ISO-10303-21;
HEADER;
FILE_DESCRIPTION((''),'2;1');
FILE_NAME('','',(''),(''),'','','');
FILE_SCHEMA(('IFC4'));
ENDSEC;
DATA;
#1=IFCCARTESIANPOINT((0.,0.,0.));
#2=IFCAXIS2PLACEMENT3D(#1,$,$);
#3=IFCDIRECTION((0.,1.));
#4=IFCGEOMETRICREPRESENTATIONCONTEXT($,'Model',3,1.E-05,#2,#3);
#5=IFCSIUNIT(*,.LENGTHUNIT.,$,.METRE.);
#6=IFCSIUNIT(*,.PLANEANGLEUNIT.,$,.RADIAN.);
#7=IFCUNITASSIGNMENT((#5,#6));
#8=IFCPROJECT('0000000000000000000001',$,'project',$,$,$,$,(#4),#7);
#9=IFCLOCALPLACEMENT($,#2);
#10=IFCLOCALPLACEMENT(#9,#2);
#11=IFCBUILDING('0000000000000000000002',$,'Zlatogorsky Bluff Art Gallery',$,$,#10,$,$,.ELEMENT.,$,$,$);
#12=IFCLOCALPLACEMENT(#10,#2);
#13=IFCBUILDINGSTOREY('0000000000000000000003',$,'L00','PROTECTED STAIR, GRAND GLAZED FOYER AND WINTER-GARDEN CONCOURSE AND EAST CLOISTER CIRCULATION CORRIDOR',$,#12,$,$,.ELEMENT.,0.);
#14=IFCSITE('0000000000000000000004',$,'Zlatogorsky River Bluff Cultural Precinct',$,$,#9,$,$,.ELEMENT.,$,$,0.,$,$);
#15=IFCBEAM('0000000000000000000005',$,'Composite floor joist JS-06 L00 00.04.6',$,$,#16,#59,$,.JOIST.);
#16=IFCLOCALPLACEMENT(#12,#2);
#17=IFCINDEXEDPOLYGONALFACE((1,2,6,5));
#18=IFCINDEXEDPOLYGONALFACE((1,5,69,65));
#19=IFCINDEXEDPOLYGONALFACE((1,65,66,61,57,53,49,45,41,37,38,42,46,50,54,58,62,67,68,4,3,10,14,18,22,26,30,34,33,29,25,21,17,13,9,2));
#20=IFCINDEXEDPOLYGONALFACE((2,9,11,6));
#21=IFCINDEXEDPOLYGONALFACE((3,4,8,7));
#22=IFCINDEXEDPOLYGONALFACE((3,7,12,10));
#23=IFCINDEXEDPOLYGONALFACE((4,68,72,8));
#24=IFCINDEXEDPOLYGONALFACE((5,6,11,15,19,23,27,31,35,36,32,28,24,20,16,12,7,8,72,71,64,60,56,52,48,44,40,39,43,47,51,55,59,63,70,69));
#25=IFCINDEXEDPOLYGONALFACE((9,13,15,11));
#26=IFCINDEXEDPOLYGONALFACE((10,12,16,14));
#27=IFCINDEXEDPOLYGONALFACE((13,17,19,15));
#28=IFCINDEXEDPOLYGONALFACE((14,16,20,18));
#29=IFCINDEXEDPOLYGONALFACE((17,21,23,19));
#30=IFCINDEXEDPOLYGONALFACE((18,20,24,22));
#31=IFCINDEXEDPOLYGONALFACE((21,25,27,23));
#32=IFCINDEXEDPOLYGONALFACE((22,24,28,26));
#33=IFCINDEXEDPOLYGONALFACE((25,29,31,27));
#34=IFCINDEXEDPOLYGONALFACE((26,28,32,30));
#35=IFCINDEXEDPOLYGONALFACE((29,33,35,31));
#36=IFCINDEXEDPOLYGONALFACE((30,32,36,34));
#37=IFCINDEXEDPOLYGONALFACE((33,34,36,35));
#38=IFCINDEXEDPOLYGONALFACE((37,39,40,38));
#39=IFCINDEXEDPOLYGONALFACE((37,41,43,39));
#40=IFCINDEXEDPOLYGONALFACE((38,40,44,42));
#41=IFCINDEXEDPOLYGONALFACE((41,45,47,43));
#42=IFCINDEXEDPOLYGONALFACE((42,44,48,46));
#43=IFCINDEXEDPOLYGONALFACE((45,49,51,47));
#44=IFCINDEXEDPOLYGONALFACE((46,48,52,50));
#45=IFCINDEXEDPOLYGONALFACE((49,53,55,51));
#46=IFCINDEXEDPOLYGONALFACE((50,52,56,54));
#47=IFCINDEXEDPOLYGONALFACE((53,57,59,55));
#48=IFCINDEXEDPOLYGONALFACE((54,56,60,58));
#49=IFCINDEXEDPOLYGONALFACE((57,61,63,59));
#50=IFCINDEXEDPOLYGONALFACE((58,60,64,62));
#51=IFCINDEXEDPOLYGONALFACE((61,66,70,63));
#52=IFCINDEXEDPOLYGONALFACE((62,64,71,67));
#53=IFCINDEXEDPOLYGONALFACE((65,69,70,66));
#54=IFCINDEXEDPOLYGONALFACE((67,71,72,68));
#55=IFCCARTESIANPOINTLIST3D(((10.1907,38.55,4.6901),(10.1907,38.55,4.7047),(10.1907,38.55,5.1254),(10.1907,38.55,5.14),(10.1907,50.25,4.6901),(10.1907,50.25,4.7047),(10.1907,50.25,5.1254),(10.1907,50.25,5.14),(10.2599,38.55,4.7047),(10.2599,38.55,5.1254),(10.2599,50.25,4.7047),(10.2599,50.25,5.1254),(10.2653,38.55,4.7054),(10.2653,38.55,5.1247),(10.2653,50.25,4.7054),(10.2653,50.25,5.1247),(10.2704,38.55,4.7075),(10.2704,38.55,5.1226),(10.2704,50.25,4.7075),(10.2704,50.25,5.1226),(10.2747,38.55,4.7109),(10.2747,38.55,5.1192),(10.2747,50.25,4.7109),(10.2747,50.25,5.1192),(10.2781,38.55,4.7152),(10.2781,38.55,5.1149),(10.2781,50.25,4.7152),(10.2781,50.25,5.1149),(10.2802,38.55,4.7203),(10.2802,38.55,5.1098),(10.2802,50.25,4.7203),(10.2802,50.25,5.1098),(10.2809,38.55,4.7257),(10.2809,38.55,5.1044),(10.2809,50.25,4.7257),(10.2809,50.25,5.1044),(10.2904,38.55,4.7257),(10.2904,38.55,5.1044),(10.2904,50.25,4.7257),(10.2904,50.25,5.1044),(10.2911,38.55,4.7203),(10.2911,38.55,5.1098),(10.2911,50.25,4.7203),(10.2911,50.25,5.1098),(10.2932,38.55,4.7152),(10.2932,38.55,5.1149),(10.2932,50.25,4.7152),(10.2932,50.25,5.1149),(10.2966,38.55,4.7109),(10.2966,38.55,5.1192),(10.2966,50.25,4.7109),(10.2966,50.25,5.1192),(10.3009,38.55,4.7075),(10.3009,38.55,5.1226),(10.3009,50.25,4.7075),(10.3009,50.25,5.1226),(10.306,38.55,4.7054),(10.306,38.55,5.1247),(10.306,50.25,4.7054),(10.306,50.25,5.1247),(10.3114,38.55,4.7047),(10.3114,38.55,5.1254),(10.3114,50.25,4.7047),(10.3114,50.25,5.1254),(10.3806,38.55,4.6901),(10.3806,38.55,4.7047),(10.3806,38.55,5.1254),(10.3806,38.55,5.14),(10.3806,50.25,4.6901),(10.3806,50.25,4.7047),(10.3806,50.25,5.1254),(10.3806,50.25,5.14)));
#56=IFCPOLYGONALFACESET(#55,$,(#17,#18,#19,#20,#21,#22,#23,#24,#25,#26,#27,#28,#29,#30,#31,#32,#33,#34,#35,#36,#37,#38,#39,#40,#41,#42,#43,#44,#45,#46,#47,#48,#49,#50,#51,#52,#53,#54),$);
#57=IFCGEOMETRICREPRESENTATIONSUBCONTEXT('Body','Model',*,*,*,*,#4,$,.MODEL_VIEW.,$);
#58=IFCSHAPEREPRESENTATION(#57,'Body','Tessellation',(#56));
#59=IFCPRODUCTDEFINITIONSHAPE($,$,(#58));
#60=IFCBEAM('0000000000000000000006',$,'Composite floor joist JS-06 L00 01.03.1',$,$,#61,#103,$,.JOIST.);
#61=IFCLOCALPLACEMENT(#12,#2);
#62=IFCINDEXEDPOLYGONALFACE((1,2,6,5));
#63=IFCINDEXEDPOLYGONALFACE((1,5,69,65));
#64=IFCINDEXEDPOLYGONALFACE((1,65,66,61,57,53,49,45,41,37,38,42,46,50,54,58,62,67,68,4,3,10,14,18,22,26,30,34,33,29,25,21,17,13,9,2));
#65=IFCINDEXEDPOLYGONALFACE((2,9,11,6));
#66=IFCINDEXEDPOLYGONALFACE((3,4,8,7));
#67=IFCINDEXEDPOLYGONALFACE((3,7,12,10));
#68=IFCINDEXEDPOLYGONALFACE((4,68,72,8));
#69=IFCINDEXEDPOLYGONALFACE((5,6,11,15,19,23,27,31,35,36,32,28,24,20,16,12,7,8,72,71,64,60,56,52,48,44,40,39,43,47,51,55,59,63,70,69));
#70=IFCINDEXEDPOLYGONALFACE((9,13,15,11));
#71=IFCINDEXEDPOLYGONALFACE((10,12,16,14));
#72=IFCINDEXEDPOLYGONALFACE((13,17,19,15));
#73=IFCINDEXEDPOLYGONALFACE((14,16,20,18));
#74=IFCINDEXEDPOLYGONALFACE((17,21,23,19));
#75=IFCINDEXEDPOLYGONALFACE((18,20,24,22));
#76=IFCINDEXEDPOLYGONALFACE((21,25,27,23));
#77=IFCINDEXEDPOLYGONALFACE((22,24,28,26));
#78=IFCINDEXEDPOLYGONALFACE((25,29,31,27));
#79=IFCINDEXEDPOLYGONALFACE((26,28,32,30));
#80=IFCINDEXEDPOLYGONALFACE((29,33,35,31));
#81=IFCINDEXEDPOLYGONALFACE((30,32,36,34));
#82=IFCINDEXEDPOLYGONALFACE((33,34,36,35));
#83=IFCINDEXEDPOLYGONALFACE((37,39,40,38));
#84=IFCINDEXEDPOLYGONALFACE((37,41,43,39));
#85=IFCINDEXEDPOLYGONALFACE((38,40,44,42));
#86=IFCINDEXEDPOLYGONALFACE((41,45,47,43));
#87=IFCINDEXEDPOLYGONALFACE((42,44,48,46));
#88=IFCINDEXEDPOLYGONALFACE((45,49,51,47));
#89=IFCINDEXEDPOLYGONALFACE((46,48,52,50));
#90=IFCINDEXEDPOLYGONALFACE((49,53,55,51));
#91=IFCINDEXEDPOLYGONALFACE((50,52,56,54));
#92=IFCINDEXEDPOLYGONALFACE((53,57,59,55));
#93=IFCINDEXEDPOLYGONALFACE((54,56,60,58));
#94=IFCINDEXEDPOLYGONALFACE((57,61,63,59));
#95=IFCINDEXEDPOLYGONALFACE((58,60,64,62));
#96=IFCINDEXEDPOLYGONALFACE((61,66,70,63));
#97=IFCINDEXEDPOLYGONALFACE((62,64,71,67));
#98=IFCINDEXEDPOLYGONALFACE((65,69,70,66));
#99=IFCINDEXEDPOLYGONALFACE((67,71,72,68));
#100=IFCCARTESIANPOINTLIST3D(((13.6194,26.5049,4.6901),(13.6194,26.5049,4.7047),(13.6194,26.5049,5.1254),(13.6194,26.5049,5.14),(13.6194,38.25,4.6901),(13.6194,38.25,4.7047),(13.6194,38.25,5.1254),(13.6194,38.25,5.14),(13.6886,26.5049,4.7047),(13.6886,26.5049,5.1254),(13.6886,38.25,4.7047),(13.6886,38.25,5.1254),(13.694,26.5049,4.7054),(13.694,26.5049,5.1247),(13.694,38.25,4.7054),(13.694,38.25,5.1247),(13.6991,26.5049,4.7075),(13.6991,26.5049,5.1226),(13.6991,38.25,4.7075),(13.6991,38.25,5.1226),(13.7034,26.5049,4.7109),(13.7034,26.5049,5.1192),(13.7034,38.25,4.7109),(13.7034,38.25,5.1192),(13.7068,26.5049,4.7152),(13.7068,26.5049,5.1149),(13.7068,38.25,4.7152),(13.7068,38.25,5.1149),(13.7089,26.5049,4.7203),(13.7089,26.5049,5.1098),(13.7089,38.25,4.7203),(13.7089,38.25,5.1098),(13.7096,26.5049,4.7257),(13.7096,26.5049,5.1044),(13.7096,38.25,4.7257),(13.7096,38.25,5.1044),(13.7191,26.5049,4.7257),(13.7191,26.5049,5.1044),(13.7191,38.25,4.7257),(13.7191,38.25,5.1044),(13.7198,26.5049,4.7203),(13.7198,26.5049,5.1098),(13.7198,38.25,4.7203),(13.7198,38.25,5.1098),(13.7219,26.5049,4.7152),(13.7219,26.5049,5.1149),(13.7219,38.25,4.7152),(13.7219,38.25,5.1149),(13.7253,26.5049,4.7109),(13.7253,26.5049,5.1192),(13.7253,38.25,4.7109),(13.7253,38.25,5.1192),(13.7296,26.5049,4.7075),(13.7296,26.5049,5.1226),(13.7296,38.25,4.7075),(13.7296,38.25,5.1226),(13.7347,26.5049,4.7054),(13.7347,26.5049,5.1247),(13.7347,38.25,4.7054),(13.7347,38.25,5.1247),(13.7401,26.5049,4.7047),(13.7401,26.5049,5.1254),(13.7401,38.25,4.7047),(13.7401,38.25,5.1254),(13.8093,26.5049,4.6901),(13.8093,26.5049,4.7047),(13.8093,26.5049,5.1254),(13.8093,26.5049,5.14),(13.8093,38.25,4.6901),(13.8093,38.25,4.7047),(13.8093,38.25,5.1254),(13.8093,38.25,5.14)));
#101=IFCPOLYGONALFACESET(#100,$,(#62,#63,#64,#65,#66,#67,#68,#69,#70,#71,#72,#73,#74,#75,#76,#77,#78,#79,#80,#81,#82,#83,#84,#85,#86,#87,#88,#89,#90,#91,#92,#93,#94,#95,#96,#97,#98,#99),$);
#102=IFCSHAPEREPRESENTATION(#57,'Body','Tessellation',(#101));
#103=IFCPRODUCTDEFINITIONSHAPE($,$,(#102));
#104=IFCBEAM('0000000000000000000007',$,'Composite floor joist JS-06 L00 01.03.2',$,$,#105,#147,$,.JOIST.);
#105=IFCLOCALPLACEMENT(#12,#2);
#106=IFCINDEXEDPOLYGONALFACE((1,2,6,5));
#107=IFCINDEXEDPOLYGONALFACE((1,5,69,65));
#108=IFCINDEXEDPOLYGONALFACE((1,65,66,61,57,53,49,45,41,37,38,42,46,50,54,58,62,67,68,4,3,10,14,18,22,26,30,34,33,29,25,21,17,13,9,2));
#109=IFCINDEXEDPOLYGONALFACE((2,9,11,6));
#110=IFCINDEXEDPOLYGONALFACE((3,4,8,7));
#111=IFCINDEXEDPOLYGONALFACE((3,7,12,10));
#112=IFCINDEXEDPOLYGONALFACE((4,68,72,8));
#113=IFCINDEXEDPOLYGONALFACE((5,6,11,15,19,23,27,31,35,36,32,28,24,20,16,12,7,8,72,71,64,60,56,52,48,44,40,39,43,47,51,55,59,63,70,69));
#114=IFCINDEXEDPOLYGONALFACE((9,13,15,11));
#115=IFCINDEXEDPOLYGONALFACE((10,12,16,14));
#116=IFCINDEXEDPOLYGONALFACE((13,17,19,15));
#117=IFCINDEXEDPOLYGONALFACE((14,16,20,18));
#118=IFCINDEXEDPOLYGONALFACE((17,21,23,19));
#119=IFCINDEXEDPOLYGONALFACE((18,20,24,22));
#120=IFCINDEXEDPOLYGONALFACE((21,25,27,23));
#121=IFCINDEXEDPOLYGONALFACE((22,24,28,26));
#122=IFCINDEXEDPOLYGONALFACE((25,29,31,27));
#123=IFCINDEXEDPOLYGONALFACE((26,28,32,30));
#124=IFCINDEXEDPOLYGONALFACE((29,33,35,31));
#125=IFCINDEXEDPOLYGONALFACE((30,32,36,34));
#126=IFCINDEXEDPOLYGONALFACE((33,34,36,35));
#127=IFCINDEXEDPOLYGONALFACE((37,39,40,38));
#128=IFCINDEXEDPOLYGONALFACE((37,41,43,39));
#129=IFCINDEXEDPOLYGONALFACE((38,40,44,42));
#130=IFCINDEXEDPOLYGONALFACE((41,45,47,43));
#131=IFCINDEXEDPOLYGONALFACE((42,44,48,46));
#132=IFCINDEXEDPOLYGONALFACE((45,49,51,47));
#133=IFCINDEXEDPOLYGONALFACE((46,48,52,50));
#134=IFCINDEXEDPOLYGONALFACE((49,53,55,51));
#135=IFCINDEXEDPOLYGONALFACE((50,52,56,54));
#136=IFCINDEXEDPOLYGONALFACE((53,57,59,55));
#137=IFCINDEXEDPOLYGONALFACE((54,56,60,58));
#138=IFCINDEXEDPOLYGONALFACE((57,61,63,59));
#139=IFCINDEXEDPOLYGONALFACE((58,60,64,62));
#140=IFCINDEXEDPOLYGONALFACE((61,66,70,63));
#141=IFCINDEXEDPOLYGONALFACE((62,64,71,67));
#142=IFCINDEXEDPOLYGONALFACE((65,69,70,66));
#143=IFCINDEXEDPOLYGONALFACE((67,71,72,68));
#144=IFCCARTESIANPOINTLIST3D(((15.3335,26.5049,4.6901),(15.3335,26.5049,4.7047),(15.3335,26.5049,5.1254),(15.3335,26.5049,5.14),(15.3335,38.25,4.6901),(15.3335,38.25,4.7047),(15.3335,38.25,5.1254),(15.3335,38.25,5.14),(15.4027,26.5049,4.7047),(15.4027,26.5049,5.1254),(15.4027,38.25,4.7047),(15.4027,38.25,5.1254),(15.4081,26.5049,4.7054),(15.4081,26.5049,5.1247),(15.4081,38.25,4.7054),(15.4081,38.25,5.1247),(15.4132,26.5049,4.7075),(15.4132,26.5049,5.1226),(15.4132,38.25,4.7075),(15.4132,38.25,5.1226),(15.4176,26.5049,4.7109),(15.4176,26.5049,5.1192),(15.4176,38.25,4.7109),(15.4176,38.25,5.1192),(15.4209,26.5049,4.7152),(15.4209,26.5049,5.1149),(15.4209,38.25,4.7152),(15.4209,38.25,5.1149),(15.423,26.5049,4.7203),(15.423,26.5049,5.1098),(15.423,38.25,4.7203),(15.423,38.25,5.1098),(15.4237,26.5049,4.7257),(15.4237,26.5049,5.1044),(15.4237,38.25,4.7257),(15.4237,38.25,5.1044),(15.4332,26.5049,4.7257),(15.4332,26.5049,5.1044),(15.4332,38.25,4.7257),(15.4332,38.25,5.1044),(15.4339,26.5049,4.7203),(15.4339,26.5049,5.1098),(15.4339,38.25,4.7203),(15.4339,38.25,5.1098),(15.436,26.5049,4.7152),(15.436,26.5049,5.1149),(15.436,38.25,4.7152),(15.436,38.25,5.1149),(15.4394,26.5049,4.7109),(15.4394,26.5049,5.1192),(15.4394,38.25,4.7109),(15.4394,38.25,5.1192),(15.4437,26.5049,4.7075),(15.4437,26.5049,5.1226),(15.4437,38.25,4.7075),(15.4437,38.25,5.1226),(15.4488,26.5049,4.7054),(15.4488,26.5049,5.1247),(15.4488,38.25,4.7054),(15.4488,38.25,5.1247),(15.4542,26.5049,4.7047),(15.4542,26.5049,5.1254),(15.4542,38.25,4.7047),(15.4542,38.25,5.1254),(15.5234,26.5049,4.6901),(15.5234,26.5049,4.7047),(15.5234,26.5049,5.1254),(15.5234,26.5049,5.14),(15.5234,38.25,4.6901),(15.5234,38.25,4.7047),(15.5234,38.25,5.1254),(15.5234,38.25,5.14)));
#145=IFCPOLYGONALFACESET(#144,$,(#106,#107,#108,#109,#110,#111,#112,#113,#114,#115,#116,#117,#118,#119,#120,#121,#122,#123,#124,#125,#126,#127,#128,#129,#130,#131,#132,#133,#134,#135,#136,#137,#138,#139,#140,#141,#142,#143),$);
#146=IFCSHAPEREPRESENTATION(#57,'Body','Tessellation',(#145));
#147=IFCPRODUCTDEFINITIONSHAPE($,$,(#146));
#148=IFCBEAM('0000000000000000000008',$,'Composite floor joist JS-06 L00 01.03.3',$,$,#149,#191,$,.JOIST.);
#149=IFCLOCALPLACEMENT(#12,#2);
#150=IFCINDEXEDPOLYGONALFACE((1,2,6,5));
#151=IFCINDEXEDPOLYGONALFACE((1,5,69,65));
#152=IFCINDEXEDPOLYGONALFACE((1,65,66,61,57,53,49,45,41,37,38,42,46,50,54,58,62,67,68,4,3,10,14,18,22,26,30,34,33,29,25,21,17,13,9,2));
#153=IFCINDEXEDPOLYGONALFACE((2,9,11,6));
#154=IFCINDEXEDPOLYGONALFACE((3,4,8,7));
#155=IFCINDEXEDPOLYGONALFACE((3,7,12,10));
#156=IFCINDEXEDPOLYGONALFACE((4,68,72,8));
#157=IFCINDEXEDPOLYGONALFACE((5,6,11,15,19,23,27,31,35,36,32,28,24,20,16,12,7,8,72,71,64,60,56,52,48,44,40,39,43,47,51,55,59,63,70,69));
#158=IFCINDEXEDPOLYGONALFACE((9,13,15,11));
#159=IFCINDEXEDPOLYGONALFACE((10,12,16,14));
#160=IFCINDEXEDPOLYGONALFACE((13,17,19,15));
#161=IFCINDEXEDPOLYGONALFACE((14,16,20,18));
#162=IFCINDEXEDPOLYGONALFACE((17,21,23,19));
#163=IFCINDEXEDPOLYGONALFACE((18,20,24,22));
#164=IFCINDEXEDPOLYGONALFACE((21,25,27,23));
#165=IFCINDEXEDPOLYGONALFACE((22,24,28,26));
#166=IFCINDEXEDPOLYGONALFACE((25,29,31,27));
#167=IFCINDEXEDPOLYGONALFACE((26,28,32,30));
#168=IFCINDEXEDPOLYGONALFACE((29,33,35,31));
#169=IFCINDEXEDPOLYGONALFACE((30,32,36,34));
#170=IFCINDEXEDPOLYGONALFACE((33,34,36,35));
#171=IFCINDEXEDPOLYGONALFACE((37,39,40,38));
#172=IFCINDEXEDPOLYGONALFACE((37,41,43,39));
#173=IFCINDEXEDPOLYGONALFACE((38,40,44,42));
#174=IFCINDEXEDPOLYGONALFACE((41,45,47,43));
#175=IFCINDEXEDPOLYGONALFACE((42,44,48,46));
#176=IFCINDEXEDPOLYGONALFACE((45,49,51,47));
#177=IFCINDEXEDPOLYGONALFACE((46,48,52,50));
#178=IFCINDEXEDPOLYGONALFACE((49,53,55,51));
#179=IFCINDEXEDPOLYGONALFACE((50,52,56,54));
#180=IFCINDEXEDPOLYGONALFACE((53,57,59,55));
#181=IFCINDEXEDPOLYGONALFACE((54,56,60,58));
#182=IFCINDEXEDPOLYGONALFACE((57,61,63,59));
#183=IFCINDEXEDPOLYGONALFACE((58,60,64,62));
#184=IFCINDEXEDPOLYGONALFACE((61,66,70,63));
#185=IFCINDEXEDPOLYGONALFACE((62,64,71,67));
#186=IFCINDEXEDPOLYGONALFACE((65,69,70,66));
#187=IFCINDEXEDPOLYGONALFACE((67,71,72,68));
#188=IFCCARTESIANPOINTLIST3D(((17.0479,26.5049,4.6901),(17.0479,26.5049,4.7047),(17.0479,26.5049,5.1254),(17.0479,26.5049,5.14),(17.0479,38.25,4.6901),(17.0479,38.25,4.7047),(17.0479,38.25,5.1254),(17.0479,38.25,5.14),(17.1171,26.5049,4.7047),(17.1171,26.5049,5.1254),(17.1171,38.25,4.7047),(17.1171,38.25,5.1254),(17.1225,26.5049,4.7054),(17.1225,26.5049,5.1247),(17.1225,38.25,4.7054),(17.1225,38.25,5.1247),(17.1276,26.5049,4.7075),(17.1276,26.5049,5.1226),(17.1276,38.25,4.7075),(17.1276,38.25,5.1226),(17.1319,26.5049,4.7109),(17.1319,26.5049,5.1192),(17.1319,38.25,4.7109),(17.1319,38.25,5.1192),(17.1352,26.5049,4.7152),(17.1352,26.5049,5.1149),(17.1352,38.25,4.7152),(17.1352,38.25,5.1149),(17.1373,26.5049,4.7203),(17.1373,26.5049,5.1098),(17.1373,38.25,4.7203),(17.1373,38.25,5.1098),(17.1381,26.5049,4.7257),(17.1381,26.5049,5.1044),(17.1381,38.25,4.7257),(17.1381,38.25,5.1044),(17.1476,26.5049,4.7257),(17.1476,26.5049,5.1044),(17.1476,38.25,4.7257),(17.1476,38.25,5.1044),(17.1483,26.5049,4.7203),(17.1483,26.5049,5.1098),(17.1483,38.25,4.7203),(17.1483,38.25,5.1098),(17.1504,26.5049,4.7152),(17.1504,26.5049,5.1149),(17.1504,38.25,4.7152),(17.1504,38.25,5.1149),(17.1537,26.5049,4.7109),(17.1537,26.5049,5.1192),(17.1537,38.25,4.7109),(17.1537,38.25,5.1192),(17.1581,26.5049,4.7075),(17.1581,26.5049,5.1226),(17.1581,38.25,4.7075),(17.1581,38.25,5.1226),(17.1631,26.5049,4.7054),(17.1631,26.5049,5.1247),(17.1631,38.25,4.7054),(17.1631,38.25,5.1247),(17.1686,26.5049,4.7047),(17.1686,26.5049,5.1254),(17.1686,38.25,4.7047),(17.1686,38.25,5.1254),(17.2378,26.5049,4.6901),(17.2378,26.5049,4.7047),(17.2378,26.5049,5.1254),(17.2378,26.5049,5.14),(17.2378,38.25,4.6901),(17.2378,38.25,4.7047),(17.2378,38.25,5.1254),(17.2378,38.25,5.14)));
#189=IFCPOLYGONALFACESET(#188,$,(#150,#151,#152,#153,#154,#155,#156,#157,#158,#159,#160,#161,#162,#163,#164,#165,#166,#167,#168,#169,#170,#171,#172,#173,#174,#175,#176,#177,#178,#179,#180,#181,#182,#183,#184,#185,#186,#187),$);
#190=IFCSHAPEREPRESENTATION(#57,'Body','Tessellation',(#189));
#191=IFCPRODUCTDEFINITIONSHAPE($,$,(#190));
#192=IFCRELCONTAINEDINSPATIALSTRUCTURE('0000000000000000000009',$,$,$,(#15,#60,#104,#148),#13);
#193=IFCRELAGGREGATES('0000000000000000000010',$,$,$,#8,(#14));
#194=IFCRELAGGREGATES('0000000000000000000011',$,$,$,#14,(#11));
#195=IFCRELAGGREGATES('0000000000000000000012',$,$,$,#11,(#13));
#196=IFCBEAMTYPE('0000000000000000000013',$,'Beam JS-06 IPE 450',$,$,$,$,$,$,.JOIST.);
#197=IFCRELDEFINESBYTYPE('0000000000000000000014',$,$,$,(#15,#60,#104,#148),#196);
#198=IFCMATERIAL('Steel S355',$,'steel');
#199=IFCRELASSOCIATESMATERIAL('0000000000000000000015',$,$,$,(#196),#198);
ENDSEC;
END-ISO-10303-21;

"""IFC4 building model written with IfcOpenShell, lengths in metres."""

from ifc_helpers import new_model, si_unit, direction, frame, origin, origin_2d, place, context, subcontext, project, spatial, i_section, extrude, material, material_profile, profile_set, type_object, element, save


model = new_model("IFC4")

# Units and contexts
model_context = context("Model", 3, precision=1e-05, world=origin(), true_north=direction((0.0, 1.0)))
body_context = subcontext(model_context, "Body", "Model", "MODEL_VIEW")
ifc_project = project(units=[si_unit("LENGTHUNIT", "METRE"), si_unit("PLANEANGLEUNIT", "RADIAN")], contexts=[model_context])

# Site, building, storey
site_placement = place(None, origin())
site = spatial("IfcSite", under=ifc_project, at=site_placement, Name="Zlatogorsky River Bluff Cultural Precinct", CompositionType="ELEMENT", RefElevation=0.0)
building_placement = place(site_placement, origin())
building = spatial("IfcBuilding", under=site, at=building_placement, Name="Zlatogorsky Bluff Art Gallery", CompositionType="ELEMENT")
storey_placement = place(building_placement, origin())
storey = spatial("IfcBuildingStorey", under=building, at=storey_placement, Name="L00", Description="PROTECTED STAIR, GRAND GLAZED FOYER AND WINTER-GARDEN CONCOURSE AND EAST CLOISTER CIRCULATION CORRIDOR", CompositionType="ELEMENT", Elevation=0.0)

# Shared definitions
ifc_material_1 = material(Name="Steel S355", Category="steel")

# Beams
ifc_material_profile_1 = material_profile(ifc_material_1, i_section(OverallWidth=0.1899, OverallDepth=0.45, WebThickness=0.0095, FlangeThickness=0.0146, FilletRadius=0.021, at=origin_2d()), Name="IPE 450")
ifc_profile_set_1 = profile_set([ifc_material_profile_1], Name="Steel S355")
beam_type_1 = type_object("IfcBeamType", Name="Beam JS-06 IPE 450", PredefinedType="JOIST", material=ifc_profile_set_1)
for number, where, z_axis, x_axis, name in (
    (1, (10.2856, 38.55, 4.915), (0.0, 1.0, 0.0), (-1.0, 0.0, 0.0), "Composite floor joist JS-06 L00 00.04.6"),
):
    element("IfcBeam", number, at=place(storey_placement, frame(where, z_axis=z_axis, x_axis=x_axis)), inside=storey, type_object=beam_type_1, Name=name, PredefinedType="JOIST", context=body_context, shape_type="SweptSolid", body=[
        extrude(i_section(OverallWidth=0.1899, OverallDepth=0.45, WebThickness=0.0095, FlangeThickness=0.0146, FilletRadius=0.021, at=origin_2d()), origin(), (0.0, 0.0, 1.0), 11.7),
    ])
for number, where, z_axis, x_axis, name in (
    (2, (13.7144, 26.5049, 4.915), (0.0, 1.0, 0.0), (-1.0, 0.0, 0.0), "Composite floor joist JS-06 L00 01.03.1"),
    (3, (15.4285, 26.5049, 4.915), (0.0, 1.0, 0.0), (-1.0, 0.0, 0.0), "Composite floor joist JS-06 L00 01.03.2"),
    (4, (17.1428, 26.5049, 4.915), (0.0, 1.0, 0.0), (-1.0, 0.0, 0.0), "Composite floor joist JS-06 L00 01.03.3"),
):
    element("IfcBeam", number, at=place(storey_placement, frame(where, z_axis=z_axis, x_axis=x_axis)), inside=storey, type_object=beam_type_1, Name=name, PredefinedType="JOIST", context=body_context, shape_type="SweptSolid", body=[
        extrude(i_section(OverallWidth=0.1899, OverallDepth=0.45, WebThickness=0.0095, FlangeThickness=0.0146, FilletRadius=0.021, at=origin_2d()), origin(), (0.0, 0.0, 1.0), 11.7451),
    ])

save(model, "model.ifc")
